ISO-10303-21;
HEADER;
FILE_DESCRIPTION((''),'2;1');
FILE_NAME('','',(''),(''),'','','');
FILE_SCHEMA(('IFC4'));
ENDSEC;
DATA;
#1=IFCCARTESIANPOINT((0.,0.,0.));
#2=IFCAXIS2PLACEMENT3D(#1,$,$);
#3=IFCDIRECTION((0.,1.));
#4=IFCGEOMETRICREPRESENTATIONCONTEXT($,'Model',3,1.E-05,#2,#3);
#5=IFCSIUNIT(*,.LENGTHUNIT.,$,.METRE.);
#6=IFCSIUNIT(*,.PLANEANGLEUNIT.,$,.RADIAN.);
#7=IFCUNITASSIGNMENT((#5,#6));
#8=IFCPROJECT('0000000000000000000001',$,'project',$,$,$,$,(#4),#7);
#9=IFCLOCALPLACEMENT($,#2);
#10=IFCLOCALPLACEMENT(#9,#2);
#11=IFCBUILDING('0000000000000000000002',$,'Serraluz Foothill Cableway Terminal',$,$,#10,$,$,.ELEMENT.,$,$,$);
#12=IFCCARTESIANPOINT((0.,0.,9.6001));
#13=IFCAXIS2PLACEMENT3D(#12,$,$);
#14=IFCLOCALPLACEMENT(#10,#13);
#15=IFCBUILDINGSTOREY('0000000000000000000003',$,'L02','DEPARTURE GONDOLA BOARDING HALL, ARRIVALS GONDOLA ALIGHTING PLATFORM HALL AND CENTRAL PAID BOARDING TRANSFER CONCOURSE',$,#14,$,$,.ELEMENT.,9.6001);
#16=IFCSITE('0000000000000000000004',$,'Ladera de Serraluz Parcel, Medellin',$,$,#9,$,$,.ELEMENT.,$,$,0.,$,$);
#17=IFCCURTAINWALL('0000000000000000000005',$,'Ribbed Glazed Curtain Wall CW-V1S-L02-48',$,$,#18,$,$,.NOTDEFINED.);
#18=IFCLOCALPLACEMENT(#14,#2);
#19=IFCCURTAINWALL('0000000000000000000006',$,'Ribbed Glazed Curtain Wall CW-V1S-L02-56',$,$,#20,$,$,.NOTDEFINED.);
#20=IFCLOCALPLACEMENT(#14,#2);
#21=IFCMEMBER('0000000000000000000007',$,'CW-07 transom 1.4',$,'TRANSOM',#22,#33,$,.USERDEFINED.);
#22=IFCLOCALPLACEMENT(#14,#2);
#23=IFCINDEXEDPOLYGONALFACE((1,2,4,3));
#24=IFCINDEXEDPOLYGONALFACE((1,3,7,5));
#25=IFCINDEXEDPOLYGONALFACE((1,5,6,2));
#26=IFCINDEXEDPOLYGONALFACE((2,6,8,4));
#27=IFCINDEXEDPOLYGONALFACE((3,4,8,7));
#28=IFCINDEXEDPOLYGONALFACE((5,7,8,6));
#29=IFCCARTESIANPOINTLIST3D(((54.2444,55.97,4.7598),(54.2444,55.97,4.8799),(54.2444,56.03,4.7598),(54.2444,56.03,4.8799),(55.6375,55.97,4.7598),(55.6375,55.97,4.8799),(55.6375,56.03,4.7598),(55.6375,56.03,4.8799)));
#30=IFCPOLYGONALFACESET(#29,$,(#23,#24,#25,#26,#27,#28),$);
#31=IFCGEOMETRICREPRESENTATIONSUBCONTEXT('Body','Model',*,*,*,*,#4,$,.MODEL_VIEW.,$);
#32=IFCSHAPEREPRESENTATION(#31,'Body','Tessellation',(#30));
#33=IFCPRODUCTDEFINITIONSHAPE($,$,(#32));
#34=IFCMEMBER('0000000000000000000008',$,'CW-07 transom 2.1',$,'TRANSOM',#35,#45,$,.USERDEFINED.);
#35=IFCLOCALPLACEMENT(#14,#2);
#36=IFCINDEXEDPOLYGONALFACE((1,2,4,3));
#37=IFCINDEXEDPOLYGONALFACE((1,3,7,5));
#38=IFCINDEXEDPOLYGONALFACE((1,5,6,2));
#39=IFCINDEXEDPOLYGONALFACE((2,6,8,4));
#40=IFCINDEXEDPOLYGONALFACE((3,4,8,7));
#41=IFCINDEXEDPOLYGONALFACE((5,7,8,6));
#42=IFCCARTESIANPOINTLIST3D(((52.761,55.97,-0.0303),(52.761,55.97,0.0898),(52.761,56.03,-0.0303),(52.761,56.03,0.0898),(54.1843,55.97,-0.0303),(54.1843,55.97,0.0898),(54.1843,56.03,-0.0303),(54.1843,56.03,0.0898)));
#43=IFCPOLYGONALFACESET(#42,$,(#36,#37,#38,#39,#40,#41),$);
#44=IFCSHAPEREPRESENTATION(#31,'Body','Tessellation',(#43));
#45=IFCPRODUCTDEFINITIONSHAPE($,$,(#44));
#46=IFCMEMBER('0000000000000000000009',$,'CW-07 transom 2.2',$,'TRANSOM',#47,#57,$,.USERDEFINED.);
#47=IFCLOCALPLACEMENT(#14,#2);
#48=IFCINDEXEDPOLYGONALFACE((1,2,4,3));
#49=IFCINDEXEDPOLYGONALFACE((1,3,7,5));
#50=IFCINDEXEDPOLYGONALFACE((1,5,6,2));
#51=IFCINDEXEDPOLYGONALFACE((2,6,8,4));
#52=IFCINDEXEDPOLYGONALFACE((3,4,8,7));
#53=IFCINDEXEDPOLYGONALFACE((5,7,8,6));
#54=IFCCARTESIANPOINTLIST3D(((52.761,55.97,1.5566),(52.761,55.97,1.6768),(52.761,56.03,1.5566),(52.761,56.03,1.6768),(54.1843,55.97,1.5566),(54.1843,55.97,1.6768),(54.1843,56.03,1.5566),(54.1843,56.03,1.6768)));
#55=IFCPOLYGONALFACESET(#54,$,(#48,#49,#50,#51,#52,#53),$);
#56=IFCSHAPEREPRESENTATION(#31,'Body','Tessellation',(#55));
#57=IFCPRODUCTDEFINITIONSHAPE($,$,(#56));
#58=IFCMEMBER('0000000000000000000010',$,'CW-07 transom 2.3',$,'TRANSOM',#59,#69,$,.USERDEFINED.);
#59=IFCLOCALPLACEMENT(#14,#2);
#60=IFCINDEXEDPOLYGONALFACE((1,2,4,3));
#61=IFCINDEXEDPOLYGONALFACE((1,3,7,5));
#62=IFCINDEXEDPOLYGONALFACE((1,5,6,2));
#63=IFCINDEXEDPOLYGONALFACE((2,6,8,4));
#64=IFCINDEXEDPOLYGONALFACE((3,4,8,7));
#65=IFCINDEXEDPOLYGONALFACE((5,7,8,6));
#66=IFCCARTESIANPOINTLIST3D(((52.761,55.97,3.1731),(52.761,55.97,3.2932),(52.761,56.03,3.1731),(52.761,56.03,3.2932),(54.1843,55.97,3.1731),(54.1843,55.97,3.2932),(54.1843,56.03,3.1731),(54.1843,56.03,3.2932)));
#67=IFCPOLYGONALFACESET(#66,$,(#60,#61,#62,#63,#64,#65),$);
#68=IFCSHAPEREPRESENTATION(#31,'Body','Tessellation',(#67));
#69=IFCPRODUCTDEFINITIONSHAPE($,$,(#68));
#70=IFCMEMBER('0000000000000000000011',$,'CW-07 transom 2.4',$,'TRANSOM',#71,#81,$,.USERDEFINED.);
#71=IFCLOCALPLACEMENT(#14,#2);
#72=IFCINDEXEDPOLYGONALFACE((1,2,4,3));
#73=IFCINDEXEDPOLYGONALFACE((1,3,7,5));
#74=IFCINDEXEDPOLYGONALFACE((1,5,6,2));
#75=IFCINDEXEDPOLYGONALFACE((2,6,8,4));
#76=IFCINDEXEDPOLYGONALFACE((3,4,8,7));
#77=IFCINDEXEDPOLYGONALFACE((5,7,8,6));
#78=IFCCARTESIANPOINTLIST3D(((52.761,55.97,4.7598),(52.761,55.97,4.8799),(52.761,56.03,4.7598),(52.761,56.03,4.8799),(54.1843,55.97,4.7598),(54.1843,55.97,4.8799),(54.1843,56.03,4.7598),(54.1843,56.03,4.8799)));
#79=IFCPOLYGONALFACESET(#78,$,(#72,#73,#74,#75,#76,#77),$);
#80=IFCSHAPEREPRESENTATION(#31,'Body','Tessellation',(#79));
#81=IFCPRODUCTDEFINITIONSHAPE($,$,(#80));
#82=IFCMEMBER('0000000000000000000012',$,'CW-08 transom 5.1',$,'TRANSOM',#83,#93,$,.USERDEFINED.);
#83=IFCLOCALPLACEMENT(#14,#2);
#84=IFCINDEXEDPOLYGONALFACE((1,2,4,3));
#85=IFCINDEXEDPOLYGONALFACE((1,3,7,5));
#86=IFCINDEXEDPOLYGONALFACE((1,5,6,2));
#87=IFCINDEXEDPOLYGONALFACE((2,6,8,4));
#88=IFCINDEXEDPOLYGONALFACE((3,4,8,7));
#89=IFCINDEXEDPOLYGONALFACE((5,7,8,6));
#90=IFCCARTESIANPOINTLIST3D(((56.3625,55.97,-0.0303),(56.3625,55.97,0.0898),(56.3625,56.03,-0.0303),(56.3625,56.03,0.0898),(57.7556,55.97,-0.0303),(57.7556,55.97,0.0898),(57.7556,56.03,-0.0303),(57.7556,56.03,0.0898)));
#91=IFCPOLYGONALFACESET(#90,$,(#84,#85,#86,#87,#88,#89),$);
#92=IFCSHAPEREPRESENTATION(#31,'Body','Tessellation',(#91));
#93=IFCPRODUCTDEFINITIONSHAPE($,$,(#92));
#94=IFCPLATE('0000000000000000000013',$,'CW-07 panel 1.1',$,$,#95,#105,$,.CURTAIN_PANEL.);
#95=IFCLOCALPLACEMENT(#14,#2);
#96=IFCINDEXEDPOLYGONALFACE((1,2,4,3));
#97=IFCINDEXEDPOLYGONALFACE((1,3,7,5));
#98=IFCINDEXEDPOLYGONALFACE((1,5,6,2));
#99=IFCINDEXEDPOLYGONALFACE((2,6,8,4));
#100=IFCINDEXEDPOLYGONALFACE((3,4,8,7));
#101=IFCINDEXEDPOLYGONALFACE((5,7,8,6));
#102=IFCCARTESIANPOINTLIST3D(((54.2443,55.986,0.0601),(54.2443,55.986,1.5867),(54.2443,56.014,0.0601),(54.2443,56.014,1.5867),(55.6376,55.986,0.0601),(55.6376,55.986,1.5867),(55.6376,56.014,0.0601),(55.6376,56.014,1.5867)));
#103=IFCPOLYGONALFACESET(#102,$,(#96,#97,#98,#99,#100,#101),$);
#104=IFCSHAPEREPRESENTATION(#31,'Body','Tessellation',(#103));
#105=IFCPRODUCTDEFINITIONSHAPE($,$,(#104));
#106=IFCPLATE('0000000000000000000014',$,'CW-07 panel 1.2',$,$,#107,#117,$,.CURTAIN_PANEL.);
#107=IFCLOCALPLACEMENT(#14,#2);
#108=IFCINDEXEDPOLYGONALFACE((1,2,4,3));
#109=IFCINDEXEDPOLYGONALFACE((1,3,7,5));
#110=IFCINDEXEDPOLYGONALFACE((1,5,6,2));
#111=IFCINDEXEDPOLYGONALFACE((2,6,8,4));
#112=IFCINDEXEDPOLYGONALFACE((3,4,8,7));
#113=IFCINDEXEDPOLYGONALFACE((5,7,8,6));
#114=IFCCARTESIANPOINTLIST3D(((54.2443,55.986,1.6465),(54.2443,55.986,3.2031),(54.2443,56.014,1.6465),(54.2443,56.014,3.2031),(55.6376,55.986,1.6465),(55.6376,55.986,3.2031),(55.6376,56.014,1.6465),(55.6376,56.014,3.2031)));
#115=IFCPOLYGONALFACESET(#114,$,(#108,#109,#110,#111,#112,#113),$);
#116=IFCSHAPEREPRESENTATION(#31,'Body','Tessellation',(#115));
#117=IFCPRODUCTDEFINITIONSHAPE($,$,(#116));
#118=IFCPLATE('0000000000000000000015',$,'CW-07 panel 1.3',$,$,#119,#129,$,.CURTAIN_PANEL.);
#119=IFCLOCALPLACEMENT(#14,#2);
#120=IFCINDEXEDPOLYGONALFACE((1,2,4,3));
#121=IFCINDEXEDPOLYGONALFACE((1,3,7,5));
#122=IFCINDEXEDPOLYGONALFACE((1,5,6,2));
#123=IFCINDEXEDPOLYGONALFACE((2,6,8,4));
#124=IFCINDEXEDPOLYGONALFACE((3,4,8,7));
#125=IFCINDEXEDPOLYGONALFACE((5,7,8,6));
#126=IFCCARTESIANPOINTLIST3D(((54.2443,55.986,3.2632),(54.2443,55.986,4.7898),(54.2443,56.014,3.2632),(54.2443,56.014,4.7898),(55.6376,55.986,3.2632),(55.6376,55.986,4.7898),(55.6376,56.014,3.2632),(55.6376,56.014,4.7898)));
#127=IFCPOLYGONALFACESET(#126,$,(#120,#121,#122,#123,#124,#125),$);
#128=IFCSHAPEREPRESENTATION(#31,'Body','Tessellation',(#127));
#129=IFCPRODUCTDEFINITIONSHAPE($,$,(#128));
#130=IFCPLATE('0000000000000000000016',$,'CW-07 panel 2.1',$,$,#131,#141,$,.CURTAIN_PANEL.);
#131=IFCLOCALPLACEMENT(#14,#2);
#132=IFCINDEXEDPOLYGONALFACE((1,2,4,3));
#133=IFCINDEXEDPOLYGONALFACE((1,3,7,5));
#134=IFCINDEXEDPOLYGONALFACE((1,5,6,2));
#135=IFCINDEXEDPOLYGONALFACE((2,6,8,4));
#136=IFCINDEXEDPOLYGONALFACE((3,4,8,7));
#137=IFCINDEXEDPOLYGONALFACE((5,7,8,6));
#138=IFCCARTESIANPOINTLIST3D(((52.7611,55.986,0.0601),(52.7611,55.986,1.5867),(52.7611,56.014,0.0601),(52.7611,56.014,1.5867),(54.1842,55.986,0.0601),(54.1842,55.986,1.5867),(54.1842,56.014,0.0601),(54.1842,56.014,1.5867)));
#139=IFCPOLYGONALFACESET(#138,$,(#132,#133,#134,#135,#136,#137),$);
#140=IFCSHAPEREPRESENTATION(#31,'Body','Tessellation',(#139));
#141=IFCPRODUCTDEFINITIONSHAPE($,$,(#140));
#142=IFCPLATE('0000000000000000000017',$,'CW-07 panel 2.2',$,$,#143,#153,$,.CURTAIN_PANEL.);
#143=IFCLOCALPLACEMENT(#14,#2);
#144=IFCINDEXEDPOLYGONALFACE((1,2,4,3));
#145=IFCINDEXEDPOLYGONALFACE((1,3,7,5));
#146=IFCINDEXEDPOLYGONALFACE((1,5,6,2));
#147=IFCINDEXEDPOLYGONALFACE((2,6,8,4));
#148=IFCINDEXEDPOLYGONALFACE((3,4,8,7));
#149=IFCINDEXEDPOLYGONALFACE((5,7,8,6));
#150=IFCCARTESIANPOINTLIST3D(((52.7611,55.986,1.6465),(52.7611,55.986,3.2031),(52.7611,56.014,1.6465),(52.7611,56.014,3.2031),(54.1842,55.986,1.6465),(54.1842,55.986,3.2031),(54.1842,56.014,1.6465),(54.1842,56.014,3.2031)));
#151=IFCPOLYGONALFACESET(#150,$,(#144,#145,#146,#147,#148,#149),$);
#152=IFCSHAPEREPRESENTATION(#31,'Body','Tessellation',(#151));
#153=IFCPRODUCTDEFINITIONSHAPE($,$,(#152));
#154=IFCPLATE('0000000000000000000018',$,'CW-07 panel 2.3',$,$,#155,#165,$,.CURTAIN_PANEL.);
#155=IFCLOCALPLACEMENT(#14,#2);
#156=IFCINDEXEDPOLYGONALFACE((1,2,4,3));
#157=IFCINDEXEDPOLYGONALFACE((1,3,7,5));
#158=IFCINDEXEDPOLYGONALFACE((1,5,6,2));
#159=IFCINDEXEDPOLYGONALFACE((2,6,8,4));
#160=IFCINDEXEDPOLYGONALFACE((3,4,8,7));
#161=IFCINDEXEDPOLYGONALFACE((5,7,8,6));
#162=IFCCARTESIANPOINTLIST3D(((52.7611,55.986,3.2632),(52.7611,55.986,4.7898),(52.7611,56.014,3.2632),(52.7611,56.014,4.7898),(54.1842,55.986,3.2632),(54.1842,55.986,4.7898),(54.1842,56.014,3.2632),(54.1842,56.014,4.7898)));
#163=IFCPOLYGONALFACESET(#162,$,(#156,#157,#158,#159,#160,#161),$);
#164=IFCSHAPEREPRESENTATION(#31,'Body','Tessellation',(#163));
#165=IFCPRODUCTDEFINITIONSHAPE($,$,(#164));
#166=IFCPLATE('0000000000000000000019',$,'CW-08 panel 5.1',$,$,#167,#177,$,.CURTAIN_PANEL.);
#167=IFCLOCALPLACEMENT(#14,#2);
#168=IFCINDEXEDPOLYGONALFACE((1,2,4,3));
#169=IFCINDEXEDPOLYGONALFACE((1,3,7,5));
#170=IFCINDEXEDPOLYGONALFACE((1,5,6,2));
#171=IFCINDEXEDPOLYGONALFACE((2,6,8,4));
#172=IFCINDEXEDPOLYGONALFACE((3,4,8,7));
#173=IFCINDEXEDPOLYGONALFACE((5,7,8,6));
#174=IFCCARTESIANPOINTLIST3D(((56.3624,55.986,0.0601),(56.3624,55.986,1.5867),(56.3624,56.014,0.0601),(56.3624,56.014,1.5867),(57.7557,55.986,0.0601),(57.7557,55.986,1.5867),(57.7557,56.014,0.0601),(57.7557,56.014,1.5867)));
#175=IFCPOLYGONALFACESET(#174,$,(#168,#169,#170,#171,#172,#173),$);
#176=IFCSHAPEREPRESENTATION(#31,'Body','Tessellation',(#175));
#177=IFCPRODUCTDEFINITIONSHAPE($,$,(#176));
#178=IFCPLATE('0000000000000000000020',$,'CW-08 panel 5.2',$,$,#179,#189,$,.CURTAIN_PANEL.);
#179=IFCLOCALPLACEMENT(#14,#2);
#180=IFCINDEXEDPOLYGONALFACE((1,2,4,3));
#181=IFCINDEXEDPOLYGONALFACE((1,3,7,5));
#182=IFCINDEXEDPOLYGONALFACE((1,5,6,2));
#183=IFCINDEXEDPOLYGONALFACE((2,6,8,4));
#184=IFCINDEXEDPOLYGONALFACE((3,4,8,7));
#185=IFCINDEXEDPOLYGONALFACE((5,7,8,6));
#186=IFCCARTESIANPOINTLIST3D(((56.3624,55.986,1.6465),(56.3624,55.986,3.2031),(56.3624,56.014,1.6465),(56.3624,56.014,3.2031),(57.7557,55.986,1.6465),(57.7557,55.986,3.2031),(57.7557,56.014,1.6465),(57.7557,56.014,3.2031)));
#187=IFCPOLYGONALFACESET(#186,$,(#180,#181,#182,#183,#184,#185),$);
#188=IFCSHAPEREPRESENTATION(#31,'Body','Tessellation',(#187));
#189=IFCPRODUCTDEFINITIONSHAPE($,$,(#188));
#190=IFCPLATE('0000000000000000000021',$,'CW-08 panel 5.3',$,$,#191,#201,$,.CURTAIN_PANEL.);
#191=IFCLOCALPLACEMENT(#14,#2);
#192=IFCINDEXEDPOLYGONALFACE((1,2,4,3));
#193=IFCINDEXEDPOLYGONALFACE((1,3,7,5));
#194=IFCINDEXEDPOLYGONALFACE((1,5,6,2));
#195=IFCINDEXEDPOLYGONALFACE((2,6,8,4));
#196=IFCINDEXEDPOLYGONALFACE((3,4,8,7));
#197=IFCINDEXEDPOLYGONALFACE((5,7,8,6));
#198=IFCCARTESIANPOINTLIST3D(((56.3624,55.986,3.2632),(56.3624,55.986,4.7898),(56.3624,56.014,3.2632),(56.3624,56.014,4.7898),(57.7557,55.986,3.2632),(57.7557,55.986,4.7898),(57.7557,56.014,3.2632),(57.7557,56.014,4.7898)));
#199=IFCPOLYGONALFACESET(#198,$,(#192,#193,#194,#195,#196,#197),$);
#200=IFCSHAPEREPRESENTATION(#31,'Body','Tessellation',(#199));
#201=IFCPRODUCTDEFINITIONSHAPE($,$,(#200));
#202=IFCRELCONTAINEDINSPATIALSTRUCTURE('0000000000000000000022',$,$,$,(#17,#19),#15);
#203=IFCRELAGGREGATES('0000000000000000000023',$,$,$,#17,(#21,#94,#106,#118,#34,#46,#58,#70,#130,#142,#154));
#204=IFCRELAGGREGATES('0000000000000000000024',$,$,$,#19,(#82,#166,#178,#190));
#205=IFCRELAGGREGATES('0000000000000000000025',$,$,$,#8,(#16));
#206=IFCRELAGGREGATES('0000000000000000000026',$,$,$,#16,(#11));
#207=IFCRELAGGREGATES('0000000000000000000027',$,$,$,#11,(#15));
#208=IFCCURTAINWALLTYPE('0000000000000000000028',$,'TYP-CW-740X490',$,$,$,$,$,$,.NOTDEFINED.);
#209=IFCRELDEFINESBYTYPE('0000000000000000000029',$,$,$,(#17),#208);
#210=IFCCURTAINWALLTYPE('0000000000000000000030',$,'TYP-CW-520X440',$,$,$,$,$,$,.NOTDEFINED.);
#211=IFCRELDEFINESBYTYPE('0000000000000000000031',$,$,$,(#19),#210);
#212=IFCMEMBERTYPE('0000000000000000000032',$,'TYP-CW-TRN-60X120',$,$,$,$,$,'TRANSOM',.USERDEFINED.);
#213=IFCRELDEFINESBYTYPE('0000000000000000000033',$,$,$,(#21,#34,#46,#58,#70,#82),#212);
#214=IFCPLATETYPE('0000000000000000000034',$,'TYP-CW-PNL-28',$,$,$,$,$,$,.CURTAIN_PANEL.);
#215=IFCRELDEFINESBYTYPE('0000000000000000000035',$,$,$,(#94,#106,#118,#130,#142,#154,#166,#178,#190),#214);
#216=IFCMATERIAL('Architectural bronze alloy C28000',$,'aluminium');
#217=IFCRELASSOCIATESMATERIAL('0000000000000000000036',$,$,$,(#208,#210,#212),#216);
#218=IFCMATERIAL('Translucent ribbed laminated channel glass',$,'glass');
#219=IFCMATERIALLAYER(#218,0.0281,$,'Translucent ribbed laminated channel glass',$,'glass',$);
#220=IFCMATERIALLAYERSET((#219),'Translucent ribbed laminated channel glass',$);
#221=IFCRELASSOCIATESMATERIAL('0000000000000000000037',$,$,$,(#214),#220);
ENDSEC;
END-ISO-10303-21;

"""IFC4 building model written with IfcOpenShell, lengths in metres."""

from ifc_helpers import new_model, si_unit, direction, frame, origin, origin_2d, place, context, subcontext, project, spatial, rectangle, extrude, material, layer, layer_set, material_profile, profile_set, type_object, element, aggregate, save


model = new_model("IFC4")

# Units and contexts
model_context = context("Model", 3, precision=1e-05, world=origin(), true_north=direction((0.0, 1.0)))
body_context = subcontext(model_context, "Body", "Model", "MODEL_VIEW")
ifc_project = project(units=[si_unit("LENGTHUNIT", "METRE"), si_unit("PLANEANGLEUNIT", "RADIAN")], contexts=[model_context])

# Site, building, storey
site_placement = place(None, origin())
site = spatial("IfcSite", under=ifc_project, at=site_placement, Name="Ladera de Serraluz Parcel, Medellin", CompositionType="ELEMENT", RefElevation=0.0)
building_placement = place(site_placement, origin())
building = spatial("IfcBuilding", under=site, at=building_placement, Name="Serraluz Foothill Cableway Terminal", CompositionType="ELEMENT")
storey_placement = place(building_placement, frame((0.0, 0.0, 9.6001)))
storey = spatial("IfcBuildingStorey", under=building, at=storey_placement, Name="L02", Description="DEPARTURE GONDOLA BOARDING HALL, ARRIVALS GONDOLA ALIGHTING PLATFORM HALL AND CENTRAL PAID BOARDING TRANSFER CONCOURSE", CompositionType="ELEMENT", Elevation=9.6001)

# Curtain wall
ifc_material_1 = material(Name="Architectural bronze alloy C28000", Category="aluminium")
curtain_wall_type_1 = type_object("IfcCurtainWallType", Name="TYP-CW-740X490", PredefinedType="NOTDEFINED", material=ifc_material_1)
curtain_wall_1_placement = place(storey_placement, origin())
curtain_wall_1 = element("IfcCurtainWall", 1, at=curtain_wall_1_placement, inside=storey, type_object=curtain_wall_type_1, Name="Ribbed Glazed Curtain Wall CW-V1S-L02-48", PredefinedType="NOTDEFINED")

# Curtain wall
curtain_wall_type_2 = type_object("IfcCurtainWallType", Name="TYP-CW-520X440", PredefinedType="NOTDEFINED", material=ifc_material_1)
curtain_wall_2_placement = place(storey_placement, origin())
curtain_wall_2 = element("IfcCurtainWall", 2, at=curtain_wall_2_placement, inside=storey, type_object=curtain_wall_type_2, Name="Ribbed Glazed Curtain Wall CW-V1S-L02-56", PredefinedType="NOTDEFINED")

# Members
ifc_material_profile_1 = material_profile(ifc_material_1, rectangle(XDim=0.0601, YDim=0.1201, at=origin_2d()), Name="ALU TRANSOM 60x120")
ifc_profile_set_1 = profile_set([ifc_material_profile_1], Name="Architectural bronze alloy C28000")
member_type_1 = type_object("IfcMemberType", Name="TYP-CW-TRN-60X120", ElementType="TRANSOM", PredefinedType="USERDEFINED", material=ifc_profile_set_1)
member_1_placement = place(storey_placement, frame((55.6375, 56.0, 4.8198), z_axis=(-1.0, 0.0, 0.0), x_axis=(0.0, -1.0, 0.0)))
member_1 = element("IfcMember", 3, at=member_1_placement, type_object=member_type_1, Name="CW-07 transom 1.4", ObjectType="TRANSOM", PredefinedType="USERDEFINED", context=body_context, shape_type="SweptSolid", body=[
    extrude(rectangle(XDim=0.0601, YDim=0.1201, at=origin_2d()), origin(), (0.0, 0.0, 1.0), 1.3931),
])
member_2_placement = place(storey_placement, frame((54.1843, 56.0, 0.0298), z_axis=(-1.0, 0.0, 0.0), x_axis=(0.0, -1.0, 0.0)))
member_2 = element("IfcMember", 4, at=member_2_placement, type_object=member_type_1, Name="CW-07 transom 2.1", ObjectType="TRANSOM", PredefinedType="USERDEFINED", context=body_context, shape_type="SweptSolid", body=[
    extrude(rectangle(XDim=0.0601, YDim=0.1201, at=origin_2d()), origin(), (0.0, 0.0, 1.0), 1.4233),
])
member_3_placement = place(storey_placement, frame((54.1843, 56.0, 1.6167), z_axis=(-1.0, 0.0, 0.0), x_axis=(0.0, -1.0, 0.0)))
member_3 = element("IfcMember", 5, at=member_3_placement, type_object=member_type_1, Name="CW-07 transom 2.2", ObjectType="TRANSOM", PredefinedType="USERDEFINED", context=body_context, shape_type="SweptSolid", body=[
    extrude(rectangle(XDim=0.0601, YDim=0.1201, at=origin_2d()), origin(), (0.0, 0.0, 1.0), 1.4233),
])
member_4_placement = place(storey_placement, frame((54.1843, 56.0, 3.2332), z_axis=(-1.0, 0.0, 0.0), x_axis=(0.0, -1.0, 0.0)))
member_4 = element("IfcMember", 6, at=member_4_placement, type_object=member_type_1, Name="CW-07 transom 2.3", ObjectType="TRANSOM", PredefinedType="USERDEFINED", context=body_context, shape_type="SweptSolid", body=[
    extrude(rectangle(XDim=0.0601, YDim=0.1201, at=origin_2d()), origin(), (0.0, 0.0, 1.0), 1.4233),
])
member_5_placement = place(storey_placement, frame((54.1843, 56.0, 4.8198), z_axis=(-1.0, 0.0, 0.0), x_axis=(0.0, -1.0, 0.0)))
member_5 = element("IfcMember", 7, at=member_5_placement, type_object=member_type_1, Name="CW-07 transom 2.4", ObjectType="TRANSOM", PredefinedType="USERDEFINED", context=body_context, shape_type="SweptSolid", body=[
    extrude(rectangle(XDim=0.0601, YDim=0.1201, at=origin_2d()), origin(), (0.0, 0.0, 1.0), 1.4233),
])
member_6_placement = place(storey_placement, frame((57.7556, 56.0, 0.0298), z_axis=(-1.0, 0.0, 0.0), x_axis=(0.0, -1.0, 0.0)))
member_6 = element("IfcMember", 8, at=member_6_placement, type_object=member_type_1, Name="CW-08 transom 5.1", ObjectType="TRANSOM", PredefinedType="USERDEFINED", context=body_context, shape_type="SweptSolid", body=[
    extrude(rectangle(XDim=0.0601, YDim=0.1201, at=origin_2d()), origin(), (0.0, 0.0, 1.0), 1.3931),
])

# Plates
ifc_material_2 = material(Name="Translucent ribbed laminated channel glass", Category="glass")
ifc_layer_1 = layer(ifc_material_2, 0.0281, Name="Translucent ribbed laminated channel glass", Category="glass")
ifc_layer_set_1 = layer_set([ifc_layer_1], Name="Translucent ribbed laminated channel glass")
plate_type_1 = type_object("IfcPlateType", Name="TYP-CW-PNL-28", PredefinedType="CURTAIN_PANEL", material=ifc_layer_set_1)
plate_1_placement = place(storey_placement, frame((54.9409, 56.0, 0.0601), z_axis=(0.0, 0.0, 1.0), x_axis=(-1.0, 0.0, 0.0)))
plate_1 = element("IfcPlate", 9, at=plate_1_placement, type_object=plate_type_1, Name="CW-07 panel 1.1", PredefinedType="CURTAIN_PANEL", context=body_context, shape_type="SweptSolid", body=[
    extrude(rectangle(XDim=1.3933, YDim=0.0281, at=origin_2d()), origin(), (0.0, 0.0, 1.0), 1.5266),
])
plate_2_placement = place(storey_placement, frame((54.9409, 56.0, 1.6465), z_axis=(0.0, 0.0, 1.0), x_axis=(-1.0, 0.0, 0.0)))
plate_2 = element("IfcPlate", 10, at=plate_2_placement, type_object=plate_type_1, Name="CW-07 panel 1.2", PredefinedType="CURTAIN_PANEL", context=body_context, shape_type="SweptSolid", body=[
    extrude(rectangle(XDim=1.3933, YDim=0.0281, at=origin_2d()), origin(), (0.0, 0.0, 1.0), 1.5566),
])
plate_3_placement = place(storey_placement, frame((54.9409, 56.0, 3.2632), z_axis=(0.0, 0.0, 1.0), x_axis=(-1.0, 0.0, 0.0)))
plate_3 = element("IfcPlate", 11, at=plate_3_placement, type_object=plate_type_1, Name="CW-07 panel 1.3", PredefinedType="CURTAIN_PANEL", context=body_context, shape_type="SweptSolid", body=[
    extrude(rectangle(XDim=1.3933, YDim=0.0281, at=origin_2d()), origin(), (0.0, 0.0, 1.0), 1.5266),
])
plate_4_placement = place(storey_placement, frame((53.4727, 56.0, 0.0601), z_axis=(0.0, 0.0, 1.0), x_axis=(-1.0, 0.0, 0.0)))
plate_4 = element("IfcPlate", 12, at=plate_4_placement, type_object=plate_type_1, Name="CW-07 panel 2.1", PredefinedType="CURTAIN_PANEL", context=body_context, shape_type="SweptSolid", body=[
    extrude(rectangle(XDim=1.4231, YDim=0.0281, at=origin_2d()), origin(), (0.0, 0.0, 1.0), 1.5266),
])
plate_5_placement = place(storey_placement, frame((53.4727, 56.0, 1.6465), z_axis=(0.0, 0.0, 1.0), x_axis=(-1.0, 0.0, 0.0)))
plate_5 = element("IfcPlate", 13, at=plate_5_placement, type_object=plate_type_1, Name="CW-07 panel 2.2", PredefinedType="CURTAIN_PANEL", context=body_context, shape_type="SweptSolid", body=[
    extrude(rectangle(XDim=1.4231, YDim=0.0281, at=origin_2d()), origin(), (0.0, 0.0, 1.0), 1.5566),
])
plate_6_placement = place(storey_placement, frame((53.4727, 56.0, 3.2632), z_axis=(0.0, 0.0, 1.0), x_axis=(-1.0, 0.0, 0.0)))
plate_6 = element("IfcPlate", 14, at=plate_6_placement, type_object=plate_type_1, Name="CW-07 panel 2.3", PredefinedType="CURTAIN_PANEL", context=body_context, shape_type="SweptSolid", body=[
    extrude(rectangle(XDim=1.4231, YDim=0.0281, at=origin_2d()), origin(), (0.0, 0.0, 1.0), 1.5266),
])
aggregate(curtain_wall_1, [member_1, plate_1, plate_2, plate_3, member_2, member_3, member_4, member_5, plate_4, plate_5, plate_6])
plate_7_placement = place(storey_placement, frame((57.0591, 56.0, 0.0601), z_axis=(0.0, 0.0, 1.0), x_axis=(-1.0, 0.0, 0.0)))
plate_7 = element("IfcPlate", 15, at=plate_7_placement, type_object=plate_type_1, Name="CW-08 panel 5.1", PredefinedType="CURTAIN_PANEL", context=body_context, shape_type="SweptSolid", body=[
    extrude(rectangle(XDim=1.3933, YDim=0.0281, at=origin_2d()), origin(), (0.0, 0.0, 1.0), 1.5266),
])
plate_8_placement = place(storey_placement, frame((57.0591, 56.0, 1.6465), z_axis=(0.0, 0.0, 1.0), x_axis=(-1.0, 0.0, 0.0)))
plate_8 = element("IfcPlate", 16, at=plate_8_placement, type_object=plate_type_1, Name="CW-08 panel 5.2", PredefinedType="CURTAIN_PANEL", context=body_context, shape_type="SweptSolid", body=[
    extrude(rectangle(XDim=1.3933, YDim=0.0281, at=origin_2d()), origin(), (0.0, 0.0, 1.0), 1.5566),
])
plate_9_placement = place(storey_placement, frame((57.0591, 56.0, 3.2632), z_axis=(0.0, 0.0, 1.0), x_axis=(-1.0, 0.0, 0.0)))
plate_9 = element("IfcPlate", 17, at=plate_9_placement, type_object=plate_type_1, Name="CW-08 panel 5.3", PredefinedType="CURTAIN_PANEL", context=body_context, shape_type="SweptSolid", body=[
    extrude(rectangle(XDim=1.3933, YDim=0.0281, at=origin_2d()), origin(), (0.0, 0.0, 1.0), 1.5266),
])
aggregate(curtain_wall_2, [member_6, plate_7, plate_8, plate_9])

save(model, "model.ifc")
